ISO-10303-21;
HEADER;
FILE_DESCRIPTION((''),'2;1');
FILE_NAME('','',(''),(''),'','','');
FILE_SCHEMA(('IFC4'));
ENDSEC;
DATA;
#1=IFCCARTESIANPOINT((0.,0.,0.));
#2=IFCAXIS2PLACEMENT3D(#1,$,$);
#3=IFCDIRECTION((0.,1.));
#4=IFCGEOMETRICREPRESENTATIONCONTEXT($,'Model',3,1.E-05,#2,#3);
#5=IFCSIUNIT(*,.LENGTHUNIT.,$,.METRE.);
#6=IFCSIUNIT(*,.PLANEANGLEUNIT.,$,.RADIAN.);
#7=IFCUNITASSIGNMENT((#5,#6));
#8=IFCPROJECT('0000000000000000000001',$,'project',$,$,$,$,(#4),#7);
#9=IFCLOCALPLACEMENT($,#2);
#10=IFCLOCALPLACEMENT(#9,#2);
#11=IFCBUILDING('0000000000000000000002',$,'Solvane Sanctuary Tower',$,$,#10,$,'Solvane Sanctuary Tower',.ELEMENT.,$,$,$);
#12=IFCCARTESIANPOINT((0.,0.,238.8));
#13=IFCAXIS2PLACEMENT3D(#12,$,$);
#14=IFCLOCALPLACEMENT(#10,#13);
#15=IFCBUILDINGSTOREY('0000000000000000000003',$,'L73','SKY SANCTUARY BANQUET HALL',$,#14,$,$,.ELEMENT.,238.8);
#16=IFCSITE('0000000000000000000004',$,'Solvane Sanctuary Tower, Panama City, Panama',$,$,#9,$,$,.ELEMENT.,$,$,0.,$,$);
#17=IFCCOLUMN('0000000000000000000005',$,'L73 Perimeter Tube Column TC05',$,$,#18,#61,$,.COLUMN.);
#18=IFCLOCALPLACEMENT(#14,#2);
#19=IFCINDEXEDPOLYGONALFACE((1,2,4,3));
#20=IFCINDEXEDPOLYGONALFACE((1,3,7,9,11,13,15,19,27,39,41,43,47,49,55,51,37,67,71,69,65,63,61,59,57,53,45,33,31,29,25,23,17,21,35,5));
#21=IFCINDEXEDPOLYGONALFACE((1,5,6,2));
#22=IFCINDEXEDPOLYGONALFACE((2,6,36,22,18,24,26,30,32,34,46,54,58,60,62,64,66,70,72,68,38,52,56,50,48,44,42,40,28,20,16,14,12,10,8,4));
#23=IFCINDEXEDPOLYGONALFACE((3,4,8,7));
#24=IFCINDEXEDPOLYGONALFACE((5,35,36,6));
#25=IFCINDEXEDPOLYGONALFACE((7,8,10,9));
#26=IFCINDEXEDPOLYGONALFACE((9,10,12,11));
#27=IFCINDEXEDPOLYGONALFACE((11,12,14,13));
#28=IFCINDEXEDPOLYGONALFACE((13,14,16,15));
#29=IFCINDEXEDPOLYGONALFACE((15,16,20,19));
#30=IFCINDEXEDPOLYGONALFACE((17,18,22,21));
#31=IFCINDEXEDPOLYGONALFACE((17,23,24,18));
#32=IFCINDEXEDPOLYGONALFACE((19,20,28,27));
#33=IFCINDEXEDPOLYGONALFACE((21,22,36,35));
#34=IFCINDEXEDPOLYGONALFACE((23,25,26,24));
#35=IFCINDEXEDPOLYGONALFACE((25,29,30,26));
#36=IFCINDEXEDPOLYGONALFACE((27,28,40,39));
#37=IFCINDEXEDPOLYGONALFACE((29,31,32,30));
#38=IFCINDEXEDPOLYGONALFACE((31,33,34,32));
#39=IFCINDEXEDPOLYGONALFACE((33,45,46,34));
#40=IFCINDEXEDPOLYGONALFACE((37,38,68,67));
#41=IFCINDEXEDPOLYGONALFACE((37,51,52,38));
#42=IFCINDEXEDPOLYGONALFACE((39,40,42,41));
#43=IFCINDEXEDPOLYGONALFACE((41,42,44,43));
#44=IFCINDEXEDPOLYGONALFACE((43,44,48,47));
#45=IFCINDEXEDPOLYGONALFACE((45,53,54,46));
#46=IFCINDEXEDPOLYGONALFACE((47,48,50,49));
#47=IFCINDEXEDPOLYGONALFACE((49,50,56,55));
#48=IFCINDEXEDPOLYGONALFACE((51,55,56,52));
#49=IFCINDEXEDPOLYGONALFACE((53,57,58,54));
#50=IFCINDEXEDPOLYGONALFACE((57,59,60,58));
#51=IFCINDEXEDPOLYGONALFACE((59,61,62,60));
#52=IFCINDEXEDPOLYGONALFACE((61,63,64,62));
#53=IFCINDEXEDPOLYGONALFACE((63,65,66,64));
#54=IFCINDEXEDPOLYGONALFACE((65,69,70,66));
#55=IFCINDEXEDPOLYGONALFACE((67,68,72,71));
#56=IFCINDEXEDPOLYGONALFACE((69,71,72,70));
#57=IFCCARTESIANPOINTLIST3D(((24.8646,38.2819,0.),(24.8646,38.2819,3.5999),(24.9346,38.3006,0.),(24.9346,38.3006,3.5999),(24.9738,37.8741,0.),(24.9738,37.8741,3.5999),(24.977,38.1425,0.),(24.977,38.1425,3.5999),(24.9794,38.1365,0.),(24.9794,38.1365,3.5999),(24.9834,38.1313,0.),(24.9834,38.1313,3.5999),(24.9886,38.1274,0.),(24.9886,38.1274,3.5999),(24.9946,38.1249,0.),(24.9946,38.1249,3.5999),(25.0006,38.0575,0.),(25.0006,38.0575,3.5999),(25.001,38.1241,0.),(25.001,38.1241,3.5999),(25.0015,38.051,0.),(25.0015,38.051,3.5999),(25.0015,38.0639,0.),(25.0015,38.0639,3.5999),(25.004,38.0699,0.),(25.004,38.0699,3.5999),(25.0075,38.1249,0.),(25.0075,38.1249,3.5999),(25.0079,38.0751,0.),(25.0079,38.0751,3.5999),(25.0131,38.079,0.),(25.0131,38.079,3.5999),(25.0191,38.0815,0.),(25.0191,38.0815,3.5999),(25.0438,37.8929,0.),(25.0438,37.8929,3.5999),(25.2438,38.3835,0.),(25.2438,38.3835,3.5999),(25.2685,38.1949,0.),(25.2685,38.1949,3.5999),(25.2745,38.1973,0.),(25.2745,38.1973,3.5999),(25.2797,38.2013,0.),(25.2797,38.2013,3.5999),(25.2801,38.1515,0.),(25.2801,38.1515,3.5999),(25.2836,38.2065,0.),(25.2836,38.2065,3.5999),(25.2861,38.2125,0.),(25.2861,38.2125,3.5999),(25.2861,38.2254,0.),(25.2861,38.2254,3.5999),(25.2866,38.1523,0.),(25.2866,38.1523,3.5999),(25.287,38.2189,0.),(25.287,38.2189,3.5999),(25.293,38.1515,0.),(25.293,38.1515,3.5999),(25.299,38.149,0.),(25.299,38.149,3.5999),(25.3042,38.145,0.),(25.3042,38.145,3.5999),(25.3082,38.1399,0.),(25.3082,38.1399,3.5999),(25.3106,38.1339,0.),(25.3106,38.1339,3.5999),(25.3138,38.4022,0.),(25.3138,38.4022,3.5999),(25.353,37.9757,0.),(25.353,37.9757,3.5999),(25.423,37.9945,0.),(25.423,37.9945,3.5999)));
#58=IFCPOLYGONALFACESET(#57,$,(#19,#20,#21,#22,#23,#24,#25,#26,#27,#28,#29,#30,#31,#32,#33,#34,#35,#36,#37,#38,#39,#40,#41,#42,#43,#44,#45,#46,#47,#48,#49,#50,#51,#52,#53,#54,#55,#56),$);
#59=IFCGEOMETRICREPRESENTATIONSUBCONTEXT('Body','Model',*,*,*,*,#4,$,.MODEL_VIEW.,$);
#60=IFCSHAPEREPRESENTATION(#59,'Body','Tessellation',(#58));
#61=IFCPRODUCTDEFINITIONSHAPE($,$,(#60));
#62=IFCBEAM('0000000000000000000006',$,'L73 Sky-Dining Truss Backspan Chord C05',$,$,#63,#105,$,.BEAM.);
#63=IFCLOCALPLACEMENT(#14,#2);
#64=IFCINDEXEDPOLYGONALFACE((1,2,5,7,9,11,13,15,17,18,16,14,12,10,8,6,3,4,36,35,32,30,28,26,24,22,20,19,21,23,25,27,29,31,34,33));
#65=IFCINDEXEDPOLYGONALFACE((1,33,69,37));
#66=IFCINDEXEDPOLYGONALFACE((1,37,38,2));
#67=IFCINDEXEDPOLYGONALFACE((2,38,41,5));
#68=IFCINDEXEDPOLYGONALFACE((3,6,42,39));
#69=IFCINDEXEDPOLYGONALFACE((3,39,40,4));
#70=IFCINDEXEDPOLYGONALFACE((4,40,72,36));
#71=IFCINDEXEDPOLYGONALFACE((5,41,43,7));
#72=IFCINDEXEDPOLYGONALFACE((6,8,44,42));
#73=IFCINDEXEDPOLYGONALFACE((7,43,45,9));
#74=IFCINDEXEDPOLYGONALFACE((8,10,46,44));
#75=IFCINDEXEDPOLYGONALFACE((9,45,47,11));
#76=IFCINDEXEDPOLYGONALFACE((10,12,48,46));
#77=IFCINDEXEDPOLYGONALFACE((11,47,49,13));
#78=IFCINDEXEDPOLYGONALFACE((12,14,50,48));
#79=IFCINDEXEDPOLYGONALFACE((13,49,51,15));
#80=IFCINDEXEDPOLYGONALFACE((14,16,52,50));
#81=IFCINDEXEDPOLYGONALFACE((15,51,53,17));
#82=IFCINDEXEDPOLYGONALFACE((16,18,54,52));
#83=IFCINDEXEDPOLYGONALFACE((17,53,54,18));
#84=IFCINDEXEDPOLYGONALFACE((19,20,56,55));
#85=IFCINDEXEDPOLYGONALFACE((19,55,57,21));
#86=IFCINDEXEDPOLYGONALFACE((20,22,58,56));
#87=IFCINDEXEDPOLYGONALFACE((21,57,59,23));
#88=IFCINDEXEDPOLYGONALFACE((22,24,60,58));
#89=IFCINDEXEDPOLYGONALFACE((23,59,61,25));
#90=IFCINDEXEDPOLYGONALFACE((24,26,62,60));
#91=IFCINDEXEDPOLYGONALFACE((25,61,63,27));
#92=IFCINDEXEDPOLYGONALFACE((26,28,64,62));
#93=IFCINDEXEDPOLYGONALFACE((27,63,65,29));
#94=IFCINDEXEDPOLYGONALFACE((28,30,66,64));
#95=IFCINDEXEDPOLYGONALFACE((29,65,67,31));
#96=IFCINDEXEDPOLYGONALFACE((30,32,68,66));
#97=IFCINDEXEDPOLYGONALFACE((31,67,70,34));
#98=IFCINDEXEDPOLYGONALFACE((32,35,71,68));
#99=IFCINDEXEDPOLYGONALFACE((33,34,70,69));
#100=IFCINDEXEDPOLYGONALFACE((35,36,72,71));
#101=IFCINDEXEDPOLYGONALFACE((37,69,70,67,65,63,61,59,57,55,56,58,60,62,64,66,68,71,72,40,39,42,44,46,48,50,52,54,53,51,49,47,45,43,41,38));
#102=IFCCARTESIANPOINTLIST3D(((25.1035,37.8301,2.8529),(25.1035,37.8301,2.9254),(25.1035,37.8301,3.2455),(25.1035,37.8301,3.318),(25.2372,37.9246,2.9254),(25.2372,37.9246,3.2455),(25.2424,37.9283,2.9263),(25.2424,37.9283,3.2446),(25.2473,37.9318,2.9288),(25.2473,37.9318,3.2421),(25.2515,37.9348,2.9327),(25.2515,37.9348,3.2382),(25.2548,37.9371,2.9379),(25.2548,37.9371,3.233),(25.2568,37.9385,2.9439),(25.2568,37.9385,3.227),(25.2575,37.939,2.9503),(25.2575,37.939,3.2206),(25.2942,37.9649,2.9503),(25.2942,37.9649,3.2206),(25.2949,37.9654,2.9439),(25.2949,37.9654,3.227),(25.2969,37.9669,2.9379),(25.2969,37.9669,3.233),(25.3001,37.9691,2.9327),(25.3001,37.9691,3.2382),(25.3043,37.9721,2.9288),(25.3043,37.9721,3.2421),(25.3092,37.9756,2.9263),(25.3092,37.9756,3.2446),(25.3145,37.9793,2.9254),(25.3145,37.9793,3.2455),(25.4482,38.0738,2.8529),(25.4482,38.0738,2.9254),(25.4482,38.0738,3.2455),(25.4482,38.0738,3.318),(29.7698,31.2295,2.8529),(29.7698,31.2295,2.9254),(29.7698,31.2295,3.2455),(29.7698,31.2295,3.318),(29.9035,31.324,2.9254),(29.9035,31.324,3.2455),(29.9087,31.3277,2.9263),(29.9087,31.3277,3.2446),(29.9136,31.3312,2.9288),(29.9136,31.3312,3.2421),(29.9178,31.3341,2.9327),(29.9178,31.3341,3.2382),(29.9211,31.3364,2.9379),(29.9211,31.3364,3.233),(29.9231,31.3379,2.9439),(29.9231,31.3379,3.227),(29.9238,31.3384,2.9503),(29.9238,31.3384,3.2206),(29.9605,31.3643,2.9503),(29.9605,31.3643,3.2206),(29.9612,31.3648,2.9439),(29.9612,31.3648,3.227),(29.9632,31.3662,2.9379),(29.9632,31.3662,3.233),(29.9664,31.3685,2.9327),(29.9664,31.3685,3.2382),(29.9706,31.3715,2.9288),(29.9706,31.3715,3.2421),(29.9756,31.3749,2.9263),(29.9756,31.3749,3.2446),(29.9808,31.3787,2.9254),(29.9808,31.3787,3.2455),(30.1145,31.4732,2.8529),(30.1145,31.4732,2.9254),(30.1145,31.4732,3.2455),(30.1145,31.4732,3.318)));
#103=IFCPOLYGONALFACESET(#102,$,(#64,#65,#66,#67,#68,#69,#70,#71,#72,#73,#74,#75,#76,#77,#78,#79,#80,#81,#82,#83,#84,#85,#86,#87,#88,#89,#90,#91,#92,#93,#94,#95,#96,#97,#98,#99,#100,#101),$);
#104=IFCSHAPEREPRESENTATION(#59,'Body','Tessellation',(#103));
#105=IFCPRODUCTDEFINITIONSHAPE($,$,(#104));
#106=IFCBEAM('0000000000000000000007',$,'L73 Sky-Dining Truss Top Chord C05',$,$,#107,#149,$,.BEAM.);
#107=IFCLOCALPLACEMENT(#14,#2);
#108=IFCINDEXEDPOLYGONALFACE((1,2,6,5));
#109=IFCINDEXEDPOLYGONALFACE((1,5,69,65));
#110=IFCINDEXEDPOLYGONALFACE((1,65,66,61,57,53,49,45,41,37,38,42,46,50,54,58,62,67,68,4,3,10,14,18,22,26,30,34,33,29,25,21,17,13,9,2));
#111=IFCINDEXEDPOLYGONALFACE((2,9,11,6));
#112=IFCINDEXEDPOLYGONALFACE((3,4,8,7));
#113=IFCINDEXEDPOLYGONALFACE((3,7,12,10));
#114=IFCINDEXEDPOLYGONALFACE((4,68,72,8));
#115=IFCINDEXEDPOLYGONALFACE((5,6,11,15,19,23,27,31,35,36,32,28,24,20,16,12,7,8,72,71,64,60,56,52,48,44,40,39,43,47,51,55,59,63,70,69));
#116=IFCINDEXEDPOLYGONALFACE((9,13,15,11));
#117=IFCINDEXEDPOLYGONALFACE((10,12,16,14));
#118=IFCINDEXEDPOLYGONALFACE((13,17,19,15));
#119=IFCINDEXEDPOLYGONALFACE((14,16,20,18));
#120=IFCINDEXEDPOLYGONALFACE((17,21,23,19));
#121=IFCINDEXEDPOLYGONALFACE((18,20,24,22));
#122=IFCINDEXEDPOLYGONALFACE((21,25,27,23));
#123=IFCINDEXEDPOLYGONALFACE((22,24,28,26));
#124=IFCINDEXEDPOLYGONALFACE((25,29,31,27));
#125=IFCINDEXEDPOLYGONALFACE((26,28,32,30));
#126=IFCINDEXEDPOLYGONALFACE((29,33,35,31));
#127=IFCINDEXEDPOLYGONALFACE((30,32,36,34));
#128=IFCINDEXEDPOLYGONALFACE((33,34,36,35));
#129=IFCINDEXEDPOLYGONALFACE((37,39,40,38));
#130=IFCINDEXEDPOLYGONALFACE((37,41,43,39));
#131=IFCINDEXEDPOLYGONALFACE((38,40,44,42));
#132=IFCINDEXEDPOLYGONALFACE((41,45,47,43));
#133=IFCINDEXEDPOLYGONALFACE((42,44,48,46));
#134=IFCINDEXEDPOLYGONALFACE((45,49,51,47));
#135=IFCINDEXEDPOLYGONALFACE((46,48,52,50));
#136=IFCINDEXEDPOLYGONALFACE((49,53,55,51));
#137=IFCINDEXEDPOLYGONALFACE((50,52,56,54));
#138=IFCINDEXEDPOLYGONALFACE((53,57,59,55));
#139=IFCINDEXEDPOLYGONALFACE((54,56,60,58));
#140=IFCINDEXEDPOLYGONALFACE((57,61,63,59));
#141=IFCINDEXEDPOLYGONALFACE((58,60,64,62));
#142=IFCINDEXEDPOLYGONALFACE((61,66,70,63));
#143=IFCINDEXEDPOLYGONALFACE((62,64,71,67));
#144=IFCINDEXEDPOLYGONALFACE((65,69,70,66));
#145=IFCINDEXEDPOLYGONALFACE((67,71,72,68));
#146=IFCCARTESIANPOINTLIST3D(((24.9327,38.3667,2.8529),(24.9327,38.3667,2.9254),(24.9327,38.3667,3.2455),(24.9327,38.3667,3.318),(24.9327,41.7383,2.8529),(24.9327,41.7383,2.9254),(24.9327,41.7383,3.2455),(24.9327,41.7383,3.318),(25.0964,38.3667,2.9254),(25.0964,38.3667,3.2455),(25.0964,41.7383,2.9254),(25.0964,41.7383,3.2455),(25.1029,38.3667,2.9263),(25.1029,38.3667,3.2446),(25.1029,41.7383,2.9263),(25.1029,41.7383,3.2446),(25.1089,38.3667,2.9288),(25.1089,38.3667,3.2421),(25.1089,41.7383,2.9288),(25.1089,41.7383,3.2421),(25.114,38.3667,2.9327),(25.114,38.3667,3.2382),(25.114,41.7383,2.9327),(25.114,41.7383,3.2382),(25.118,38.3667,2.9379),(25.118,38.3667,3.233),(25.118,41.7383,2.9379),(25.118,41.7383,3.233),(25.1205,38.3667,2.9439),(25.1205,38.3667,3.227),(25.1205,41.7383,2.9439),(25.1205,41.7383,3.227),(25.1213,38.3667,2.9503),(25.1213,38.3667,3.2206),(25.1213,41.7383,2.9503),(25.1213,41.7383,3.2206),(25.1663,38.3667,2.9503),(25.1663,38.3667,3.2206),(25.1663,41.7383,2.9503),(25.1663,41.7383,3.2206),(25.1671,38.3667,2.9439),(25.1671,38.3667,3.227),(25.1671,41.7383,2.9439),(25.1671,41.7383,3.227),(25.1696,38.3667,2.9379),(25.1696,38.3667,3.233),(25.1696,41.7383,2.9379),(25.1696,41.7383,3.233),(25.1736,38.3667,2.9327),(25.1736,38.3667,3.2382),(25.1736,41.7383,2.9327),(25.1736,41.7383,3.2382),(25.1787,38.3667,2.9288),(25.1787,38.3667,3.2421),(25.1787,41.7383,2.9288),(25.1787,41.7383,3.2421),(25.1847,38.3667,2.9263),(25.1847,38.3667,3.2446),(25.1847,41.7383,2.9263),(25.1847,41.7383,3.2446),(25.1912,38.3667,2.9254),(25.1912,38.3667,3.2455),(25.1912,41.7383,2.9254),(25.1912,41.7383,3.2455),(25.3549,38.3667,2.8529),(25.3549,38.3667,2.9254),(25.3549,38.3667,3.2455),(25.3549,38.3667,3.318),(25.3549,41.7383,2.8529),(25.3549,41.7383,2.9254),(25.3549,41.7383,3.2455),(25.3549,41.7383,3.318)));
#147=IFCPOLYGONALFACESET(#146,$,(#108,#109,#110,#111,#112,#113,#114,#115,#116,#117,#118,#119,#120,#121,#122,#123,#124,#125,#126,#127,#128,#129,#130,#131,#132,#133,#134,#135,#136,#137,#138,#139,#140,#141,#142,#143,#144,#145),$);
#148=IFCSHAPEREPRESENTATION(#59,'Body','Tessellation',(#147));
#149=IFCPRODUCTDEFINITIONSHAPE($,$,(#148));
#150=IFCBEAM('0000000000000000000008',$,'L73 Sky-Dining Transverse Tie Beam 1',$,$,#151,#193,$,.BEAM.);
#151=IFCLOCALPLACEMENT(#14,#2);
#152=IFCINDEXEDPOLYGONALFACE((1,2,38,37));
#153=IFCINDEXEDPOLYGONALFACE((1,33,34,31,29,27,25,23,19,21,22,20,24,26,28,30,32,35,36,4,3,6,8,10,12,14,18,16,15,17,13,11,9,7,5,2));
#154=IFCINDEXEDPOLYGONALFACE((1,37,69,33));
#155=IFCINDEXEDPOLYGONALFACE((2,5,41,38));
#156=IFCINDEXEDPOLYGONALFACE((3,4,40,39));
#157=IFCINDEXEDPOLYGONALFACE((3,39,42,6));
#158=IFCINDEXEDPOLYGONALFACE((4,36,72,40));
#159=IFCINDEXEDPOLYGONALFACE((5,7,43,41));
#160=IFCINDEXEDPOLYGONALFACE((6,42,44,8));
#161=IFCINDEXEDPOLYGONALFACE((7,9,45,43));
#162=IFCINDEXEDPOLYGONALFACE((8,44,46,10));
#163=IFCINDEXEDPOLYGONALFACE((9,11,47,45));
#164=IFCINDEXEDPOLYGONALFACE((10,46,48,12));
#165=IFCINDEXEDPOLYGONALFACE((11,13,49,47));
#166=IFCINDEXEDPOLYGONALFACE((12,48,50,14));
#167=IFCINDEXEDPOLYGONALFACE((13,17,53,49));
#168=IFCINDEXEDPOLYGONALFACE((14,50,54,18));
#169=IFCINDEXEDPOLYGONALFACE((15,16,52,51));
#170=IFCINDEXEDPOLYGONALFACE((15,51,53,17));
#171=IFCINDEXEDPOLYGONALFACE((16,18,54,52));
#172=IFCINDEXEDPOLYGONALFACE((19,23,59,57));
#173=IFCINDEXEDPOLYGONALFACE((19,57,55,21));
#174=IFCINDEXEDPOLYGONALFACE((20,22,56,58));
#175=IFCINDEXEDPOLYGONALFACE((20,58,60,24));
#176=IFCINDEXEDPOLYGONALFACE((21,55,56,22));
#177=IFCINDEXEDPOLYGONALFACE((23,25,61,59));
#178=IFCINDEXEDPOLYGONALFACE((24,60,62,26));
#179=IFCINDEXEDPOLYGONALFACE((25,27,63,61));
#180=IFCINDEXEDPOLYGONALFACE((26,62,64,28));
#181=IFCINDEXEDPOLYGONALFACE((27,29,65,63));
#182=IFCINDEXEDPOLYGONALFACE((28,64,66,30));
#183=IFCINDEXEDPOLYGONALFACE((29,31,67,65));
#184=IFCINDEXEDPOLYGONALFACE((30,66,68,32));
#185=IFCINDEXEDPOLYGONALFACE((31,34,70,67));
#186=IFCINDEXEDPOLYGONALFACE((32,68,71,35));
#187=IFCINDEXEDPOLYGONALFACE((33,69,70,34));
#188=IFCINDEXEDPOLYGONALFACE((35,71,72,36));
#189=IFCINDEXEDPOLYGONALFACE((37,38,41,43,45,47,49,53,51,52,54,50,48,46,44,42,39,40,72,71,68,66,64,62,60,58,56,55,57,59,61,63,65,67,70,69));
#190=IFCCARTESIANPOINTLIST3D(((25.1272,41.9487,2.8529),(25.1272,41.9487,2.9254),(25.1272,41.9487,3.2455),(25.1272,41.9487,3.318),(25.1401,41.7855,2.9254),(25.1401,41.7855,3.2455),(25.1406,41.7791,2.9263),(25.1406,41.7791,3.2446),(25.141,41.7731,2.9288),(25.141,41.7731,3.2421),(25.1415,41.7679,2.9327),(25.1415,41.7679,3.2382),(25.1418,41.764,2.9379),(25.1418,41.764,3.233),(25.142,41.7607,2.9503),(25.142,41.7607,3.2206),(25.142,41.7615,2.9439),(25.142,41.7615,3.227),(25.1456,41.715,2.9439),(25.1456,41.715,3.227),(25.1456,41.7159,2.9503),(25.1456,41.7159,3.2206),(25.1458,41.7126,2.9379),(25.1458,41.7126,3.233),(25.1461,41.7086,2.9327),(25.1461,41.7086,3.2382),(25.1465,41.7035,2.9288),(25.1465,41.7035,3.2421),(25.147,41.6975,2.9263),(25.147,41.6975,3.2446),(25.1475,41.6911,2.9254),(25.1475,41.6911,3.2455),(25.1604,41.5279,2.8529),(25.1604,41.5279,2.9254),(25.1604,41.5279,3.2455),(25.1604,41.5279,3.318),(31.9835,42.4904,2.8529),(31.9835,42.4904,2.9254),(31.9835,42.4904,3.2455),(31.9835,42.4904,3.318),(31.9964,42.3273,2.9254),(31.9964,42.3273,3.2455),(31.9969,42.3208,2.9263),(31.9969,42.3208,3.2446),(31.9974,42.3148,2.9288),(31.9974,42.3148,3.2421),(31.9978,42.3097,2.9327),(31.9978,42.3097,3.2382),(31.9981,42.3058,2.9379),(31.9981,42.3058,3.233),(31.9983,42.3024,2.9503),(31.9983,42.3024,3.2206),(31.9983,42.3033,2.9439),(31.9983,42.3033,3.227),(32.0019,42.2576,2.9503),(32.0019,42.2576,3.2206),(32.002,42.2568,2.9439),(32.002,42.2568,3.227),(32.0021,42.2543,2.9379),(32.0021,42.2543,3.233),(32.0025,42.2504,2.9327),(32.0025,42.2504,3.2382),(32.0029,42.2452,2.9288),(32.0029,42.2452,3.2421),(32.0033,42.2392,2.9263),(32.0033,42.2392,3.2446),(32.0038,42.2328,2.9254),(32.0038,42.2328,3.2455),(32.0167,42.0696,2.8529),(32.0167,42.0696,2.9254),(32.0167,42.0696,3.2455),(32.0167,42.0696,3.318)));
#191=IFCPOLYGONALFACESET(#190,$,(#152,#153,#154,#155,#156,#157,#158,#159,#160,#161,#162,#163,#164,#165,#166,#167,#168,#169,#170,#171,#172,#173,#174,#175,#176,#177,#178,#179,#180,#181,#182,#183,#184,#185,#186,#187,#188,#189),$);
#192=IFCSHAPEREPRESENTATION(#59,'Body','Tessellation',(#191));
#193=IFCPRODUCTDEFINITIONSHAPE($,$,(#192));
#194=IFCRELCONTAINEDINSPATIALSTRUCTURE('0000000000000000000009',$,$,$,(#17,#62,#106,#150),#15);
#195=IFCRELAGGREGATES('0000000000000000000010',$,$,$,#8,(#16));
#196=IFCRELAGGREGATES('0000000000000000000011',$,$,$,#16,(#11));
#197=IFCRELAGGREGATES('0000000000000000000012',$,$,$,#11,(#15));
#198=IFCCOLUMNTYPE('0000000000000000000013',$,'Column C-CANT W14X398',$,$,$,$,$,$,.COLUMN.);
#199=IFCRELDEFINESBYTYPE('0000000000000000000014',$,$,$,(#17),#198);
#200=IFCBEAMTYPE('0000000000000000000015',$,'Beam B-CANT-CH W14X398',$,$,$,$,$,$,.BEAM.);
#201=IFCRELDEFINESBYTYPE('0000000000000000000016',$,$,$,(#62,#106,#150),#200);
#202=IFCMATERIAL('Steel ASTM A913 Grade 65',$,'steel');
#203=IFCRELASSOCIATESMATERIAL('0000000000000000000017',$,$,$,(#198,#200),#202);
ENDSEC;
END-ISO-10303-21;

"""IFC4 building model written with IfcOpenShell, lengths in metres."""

from ifc_helpers import new_model, si_unit, direction, frame, origin, origin_2d, place, context, subcontext, project, spatial, i_section, extrude, material, material_profile, profile_set, type_object, element, save


model = new_model("IFC4")

# Units and contexts
model_context = context("Model", 3, precision=1e-05, world=origin(), true_north=direction((0.0, 1.0)))
body_context = subcontext(model_context, "Body", "Model", "MODEL_VIEW")
ifc_project = project(units=[si_unit("LENGTHUNIT", "METRE"), si_unit("PLANEANGLEUNIT", "RADIAN")], contexts=[model_context])

# Site, building, storey
site_placement = place(None, origin())
site = spatial("IfcSite", under=ifc_project, at=site_placement, Name="Solvane Sanctuary Tower, Panama City, Panama", CompositionType="ELEMENT", RefElevation=0.0)
building_placement = place(site_placement, origin())
building = spatial("IfcBuilding", under=site, at=building_placement, Name="Solvane Sanctuary Tower", LongName="Solvane Sanctuary Tower", CompositionType="ELEMENT")
storey_placement = place(building_placement, frame((0.0, 0.0, 238.8)))
storey = spatial("IfcBuildingStorey", under=building, at=storey_placement, Name="L73", Description="SKY SANCTUARY BANQUET HALL", CompositionType="ELEMENT", Elevation=238.8)

# Column
ifc_material_1 = material(Name="Steel ASTM A913 Grade 65", Category="steel")
ifc_material_profile_1 = material_profile(ifc_material_1, i_section(OverallWidth=0.4221, OverallDepth=0.4651, WebThickness=0.0449, FlangeThickness=0.0725, FilletRadius=0.0249, at=origin_2d()), Name="W14X398")
ifc_profile_set_1 = profile_set([ifc_material_profile_1], Name="Steel ASTM A913 Grade 65")
column_type = type_object("IfcColumnType", Name="Column C-CANT W14X398", PredefinedType="COLUMN", material=ifc_profile_set_1)
column_placement = place(storey_placement, frame((25.1438, 38.1382, 0.0), z_axis=(0.0, 0.0, 1.0), x_axis=(-0.258819, 0.965926, 0.0)))
element("IfcColumn", 1, at=column_placement, inside=storey, type_object=column_type, Name="L73 Perimeter Tube Column TC05", PredefinedType="COLUMN", context=body_context, shape_type="SweptSolid", body=[
    extrude(i_section(OverallWidth=0.4221, OverallDepth=0.4651, WebThickness=0.0449, FlangeThickness=0.0725, FilletRadius=0.0249, at=origin_2d()), origin(), (0.0, 0.0, 1.0), 3.5999),
])

# Beams
ifc_material_profile_2 = material_profile(ifc_material_1, i_section(OverallWidth=0.4221, OverallDepth=0.4651, WebThickness=0.0449, FlangeThickness=0.0725, FilletRadius=0.0249, at=origin_2d()), Name="W14X398")
ifc_profile_set_2 = profile_set([ifc_material_profile_2], Name="Steel ASTM A913 Grade 65")
beam_type_1 = type_object("IfcBeamType", Name="Beam B-CANT-CH W14X398", PredefinedType="BEAM", material=ifc_profile_set_2)
beam_1_placement = place(storey_placement, frame((29.9421, 31.3513, 3.0854), z_axis=(-0.577263, 0.816558, 0.0), x_axis=(-0.816558, -0.577263, 0.0)))
element("IfcBeam", 2, at=beam_1_placement, inside=storey, type_object=beam_type_1, Name="L73 Sky-Dining Truss Backspan Chord C05", PredefinedType="BEAM", context=body_context, shape_type="SweptSolid", body=[
    extrude(i_section(OverallWidth=0.4221, OverallDepth=0.4651, WebThickness=0.0449, FlangeThickness=0.0725, FilletRadius=0.0249, at=origin_2d()), origin(), (0.0, 0.0, 1.0), 8.0835),
])
beam_2_placement = place(storey_placement, frame((25.1438, 38.3667, 3.0854), z_axis=(0.0, 1.0, 0.0), x_axis=(-1.0, 0.0, 0.0)))
element("IfcBeam", 3, at=beam_2_placement, inside=storey, type_object=beam_type_1, Name="L73 Sky-Dining Truss Top Chord C05", PredefinedType="BEAM", context=body_context, shape_type="SweptSolid", body=[
    extrude(i_section(OverallWidth=0.4221, OverallDepth=0.4651, WebThickness=0.0449, FlangeThickness=0.0725, FilletRadius=0.0249, at=origin_2d()), origin(), (0.0, 0.0, 1.0), 3.3716),
])
beam_3_placement = place(storey_placement, frame((25.1438, 41.7383, 3.0854), z_axis=(0.996893, 0.07877, 0.0), x_axis=(-0.07877, 0.996893, 0.0)))
element("IfcBeam", 4, at=beam_3_placement, inside=storey, type_object=beam_type_1, Name="L73 Sky-Dining Transverse Tie Beam 1", PredefinedType="BEAM", context=body_context, shape_type="SweptSolid", body=[
    extrude(i_section(OverallWidth=0.4221, OverallDepth=0.4651, WebThickness=0.0449, FlangeThickness=0.0725, FilletRadius=0.0249, at=origin_2d()), origin(), (0.0, 0.0, 1.0), 6.8777),
])

save(model, "model.ifc")
